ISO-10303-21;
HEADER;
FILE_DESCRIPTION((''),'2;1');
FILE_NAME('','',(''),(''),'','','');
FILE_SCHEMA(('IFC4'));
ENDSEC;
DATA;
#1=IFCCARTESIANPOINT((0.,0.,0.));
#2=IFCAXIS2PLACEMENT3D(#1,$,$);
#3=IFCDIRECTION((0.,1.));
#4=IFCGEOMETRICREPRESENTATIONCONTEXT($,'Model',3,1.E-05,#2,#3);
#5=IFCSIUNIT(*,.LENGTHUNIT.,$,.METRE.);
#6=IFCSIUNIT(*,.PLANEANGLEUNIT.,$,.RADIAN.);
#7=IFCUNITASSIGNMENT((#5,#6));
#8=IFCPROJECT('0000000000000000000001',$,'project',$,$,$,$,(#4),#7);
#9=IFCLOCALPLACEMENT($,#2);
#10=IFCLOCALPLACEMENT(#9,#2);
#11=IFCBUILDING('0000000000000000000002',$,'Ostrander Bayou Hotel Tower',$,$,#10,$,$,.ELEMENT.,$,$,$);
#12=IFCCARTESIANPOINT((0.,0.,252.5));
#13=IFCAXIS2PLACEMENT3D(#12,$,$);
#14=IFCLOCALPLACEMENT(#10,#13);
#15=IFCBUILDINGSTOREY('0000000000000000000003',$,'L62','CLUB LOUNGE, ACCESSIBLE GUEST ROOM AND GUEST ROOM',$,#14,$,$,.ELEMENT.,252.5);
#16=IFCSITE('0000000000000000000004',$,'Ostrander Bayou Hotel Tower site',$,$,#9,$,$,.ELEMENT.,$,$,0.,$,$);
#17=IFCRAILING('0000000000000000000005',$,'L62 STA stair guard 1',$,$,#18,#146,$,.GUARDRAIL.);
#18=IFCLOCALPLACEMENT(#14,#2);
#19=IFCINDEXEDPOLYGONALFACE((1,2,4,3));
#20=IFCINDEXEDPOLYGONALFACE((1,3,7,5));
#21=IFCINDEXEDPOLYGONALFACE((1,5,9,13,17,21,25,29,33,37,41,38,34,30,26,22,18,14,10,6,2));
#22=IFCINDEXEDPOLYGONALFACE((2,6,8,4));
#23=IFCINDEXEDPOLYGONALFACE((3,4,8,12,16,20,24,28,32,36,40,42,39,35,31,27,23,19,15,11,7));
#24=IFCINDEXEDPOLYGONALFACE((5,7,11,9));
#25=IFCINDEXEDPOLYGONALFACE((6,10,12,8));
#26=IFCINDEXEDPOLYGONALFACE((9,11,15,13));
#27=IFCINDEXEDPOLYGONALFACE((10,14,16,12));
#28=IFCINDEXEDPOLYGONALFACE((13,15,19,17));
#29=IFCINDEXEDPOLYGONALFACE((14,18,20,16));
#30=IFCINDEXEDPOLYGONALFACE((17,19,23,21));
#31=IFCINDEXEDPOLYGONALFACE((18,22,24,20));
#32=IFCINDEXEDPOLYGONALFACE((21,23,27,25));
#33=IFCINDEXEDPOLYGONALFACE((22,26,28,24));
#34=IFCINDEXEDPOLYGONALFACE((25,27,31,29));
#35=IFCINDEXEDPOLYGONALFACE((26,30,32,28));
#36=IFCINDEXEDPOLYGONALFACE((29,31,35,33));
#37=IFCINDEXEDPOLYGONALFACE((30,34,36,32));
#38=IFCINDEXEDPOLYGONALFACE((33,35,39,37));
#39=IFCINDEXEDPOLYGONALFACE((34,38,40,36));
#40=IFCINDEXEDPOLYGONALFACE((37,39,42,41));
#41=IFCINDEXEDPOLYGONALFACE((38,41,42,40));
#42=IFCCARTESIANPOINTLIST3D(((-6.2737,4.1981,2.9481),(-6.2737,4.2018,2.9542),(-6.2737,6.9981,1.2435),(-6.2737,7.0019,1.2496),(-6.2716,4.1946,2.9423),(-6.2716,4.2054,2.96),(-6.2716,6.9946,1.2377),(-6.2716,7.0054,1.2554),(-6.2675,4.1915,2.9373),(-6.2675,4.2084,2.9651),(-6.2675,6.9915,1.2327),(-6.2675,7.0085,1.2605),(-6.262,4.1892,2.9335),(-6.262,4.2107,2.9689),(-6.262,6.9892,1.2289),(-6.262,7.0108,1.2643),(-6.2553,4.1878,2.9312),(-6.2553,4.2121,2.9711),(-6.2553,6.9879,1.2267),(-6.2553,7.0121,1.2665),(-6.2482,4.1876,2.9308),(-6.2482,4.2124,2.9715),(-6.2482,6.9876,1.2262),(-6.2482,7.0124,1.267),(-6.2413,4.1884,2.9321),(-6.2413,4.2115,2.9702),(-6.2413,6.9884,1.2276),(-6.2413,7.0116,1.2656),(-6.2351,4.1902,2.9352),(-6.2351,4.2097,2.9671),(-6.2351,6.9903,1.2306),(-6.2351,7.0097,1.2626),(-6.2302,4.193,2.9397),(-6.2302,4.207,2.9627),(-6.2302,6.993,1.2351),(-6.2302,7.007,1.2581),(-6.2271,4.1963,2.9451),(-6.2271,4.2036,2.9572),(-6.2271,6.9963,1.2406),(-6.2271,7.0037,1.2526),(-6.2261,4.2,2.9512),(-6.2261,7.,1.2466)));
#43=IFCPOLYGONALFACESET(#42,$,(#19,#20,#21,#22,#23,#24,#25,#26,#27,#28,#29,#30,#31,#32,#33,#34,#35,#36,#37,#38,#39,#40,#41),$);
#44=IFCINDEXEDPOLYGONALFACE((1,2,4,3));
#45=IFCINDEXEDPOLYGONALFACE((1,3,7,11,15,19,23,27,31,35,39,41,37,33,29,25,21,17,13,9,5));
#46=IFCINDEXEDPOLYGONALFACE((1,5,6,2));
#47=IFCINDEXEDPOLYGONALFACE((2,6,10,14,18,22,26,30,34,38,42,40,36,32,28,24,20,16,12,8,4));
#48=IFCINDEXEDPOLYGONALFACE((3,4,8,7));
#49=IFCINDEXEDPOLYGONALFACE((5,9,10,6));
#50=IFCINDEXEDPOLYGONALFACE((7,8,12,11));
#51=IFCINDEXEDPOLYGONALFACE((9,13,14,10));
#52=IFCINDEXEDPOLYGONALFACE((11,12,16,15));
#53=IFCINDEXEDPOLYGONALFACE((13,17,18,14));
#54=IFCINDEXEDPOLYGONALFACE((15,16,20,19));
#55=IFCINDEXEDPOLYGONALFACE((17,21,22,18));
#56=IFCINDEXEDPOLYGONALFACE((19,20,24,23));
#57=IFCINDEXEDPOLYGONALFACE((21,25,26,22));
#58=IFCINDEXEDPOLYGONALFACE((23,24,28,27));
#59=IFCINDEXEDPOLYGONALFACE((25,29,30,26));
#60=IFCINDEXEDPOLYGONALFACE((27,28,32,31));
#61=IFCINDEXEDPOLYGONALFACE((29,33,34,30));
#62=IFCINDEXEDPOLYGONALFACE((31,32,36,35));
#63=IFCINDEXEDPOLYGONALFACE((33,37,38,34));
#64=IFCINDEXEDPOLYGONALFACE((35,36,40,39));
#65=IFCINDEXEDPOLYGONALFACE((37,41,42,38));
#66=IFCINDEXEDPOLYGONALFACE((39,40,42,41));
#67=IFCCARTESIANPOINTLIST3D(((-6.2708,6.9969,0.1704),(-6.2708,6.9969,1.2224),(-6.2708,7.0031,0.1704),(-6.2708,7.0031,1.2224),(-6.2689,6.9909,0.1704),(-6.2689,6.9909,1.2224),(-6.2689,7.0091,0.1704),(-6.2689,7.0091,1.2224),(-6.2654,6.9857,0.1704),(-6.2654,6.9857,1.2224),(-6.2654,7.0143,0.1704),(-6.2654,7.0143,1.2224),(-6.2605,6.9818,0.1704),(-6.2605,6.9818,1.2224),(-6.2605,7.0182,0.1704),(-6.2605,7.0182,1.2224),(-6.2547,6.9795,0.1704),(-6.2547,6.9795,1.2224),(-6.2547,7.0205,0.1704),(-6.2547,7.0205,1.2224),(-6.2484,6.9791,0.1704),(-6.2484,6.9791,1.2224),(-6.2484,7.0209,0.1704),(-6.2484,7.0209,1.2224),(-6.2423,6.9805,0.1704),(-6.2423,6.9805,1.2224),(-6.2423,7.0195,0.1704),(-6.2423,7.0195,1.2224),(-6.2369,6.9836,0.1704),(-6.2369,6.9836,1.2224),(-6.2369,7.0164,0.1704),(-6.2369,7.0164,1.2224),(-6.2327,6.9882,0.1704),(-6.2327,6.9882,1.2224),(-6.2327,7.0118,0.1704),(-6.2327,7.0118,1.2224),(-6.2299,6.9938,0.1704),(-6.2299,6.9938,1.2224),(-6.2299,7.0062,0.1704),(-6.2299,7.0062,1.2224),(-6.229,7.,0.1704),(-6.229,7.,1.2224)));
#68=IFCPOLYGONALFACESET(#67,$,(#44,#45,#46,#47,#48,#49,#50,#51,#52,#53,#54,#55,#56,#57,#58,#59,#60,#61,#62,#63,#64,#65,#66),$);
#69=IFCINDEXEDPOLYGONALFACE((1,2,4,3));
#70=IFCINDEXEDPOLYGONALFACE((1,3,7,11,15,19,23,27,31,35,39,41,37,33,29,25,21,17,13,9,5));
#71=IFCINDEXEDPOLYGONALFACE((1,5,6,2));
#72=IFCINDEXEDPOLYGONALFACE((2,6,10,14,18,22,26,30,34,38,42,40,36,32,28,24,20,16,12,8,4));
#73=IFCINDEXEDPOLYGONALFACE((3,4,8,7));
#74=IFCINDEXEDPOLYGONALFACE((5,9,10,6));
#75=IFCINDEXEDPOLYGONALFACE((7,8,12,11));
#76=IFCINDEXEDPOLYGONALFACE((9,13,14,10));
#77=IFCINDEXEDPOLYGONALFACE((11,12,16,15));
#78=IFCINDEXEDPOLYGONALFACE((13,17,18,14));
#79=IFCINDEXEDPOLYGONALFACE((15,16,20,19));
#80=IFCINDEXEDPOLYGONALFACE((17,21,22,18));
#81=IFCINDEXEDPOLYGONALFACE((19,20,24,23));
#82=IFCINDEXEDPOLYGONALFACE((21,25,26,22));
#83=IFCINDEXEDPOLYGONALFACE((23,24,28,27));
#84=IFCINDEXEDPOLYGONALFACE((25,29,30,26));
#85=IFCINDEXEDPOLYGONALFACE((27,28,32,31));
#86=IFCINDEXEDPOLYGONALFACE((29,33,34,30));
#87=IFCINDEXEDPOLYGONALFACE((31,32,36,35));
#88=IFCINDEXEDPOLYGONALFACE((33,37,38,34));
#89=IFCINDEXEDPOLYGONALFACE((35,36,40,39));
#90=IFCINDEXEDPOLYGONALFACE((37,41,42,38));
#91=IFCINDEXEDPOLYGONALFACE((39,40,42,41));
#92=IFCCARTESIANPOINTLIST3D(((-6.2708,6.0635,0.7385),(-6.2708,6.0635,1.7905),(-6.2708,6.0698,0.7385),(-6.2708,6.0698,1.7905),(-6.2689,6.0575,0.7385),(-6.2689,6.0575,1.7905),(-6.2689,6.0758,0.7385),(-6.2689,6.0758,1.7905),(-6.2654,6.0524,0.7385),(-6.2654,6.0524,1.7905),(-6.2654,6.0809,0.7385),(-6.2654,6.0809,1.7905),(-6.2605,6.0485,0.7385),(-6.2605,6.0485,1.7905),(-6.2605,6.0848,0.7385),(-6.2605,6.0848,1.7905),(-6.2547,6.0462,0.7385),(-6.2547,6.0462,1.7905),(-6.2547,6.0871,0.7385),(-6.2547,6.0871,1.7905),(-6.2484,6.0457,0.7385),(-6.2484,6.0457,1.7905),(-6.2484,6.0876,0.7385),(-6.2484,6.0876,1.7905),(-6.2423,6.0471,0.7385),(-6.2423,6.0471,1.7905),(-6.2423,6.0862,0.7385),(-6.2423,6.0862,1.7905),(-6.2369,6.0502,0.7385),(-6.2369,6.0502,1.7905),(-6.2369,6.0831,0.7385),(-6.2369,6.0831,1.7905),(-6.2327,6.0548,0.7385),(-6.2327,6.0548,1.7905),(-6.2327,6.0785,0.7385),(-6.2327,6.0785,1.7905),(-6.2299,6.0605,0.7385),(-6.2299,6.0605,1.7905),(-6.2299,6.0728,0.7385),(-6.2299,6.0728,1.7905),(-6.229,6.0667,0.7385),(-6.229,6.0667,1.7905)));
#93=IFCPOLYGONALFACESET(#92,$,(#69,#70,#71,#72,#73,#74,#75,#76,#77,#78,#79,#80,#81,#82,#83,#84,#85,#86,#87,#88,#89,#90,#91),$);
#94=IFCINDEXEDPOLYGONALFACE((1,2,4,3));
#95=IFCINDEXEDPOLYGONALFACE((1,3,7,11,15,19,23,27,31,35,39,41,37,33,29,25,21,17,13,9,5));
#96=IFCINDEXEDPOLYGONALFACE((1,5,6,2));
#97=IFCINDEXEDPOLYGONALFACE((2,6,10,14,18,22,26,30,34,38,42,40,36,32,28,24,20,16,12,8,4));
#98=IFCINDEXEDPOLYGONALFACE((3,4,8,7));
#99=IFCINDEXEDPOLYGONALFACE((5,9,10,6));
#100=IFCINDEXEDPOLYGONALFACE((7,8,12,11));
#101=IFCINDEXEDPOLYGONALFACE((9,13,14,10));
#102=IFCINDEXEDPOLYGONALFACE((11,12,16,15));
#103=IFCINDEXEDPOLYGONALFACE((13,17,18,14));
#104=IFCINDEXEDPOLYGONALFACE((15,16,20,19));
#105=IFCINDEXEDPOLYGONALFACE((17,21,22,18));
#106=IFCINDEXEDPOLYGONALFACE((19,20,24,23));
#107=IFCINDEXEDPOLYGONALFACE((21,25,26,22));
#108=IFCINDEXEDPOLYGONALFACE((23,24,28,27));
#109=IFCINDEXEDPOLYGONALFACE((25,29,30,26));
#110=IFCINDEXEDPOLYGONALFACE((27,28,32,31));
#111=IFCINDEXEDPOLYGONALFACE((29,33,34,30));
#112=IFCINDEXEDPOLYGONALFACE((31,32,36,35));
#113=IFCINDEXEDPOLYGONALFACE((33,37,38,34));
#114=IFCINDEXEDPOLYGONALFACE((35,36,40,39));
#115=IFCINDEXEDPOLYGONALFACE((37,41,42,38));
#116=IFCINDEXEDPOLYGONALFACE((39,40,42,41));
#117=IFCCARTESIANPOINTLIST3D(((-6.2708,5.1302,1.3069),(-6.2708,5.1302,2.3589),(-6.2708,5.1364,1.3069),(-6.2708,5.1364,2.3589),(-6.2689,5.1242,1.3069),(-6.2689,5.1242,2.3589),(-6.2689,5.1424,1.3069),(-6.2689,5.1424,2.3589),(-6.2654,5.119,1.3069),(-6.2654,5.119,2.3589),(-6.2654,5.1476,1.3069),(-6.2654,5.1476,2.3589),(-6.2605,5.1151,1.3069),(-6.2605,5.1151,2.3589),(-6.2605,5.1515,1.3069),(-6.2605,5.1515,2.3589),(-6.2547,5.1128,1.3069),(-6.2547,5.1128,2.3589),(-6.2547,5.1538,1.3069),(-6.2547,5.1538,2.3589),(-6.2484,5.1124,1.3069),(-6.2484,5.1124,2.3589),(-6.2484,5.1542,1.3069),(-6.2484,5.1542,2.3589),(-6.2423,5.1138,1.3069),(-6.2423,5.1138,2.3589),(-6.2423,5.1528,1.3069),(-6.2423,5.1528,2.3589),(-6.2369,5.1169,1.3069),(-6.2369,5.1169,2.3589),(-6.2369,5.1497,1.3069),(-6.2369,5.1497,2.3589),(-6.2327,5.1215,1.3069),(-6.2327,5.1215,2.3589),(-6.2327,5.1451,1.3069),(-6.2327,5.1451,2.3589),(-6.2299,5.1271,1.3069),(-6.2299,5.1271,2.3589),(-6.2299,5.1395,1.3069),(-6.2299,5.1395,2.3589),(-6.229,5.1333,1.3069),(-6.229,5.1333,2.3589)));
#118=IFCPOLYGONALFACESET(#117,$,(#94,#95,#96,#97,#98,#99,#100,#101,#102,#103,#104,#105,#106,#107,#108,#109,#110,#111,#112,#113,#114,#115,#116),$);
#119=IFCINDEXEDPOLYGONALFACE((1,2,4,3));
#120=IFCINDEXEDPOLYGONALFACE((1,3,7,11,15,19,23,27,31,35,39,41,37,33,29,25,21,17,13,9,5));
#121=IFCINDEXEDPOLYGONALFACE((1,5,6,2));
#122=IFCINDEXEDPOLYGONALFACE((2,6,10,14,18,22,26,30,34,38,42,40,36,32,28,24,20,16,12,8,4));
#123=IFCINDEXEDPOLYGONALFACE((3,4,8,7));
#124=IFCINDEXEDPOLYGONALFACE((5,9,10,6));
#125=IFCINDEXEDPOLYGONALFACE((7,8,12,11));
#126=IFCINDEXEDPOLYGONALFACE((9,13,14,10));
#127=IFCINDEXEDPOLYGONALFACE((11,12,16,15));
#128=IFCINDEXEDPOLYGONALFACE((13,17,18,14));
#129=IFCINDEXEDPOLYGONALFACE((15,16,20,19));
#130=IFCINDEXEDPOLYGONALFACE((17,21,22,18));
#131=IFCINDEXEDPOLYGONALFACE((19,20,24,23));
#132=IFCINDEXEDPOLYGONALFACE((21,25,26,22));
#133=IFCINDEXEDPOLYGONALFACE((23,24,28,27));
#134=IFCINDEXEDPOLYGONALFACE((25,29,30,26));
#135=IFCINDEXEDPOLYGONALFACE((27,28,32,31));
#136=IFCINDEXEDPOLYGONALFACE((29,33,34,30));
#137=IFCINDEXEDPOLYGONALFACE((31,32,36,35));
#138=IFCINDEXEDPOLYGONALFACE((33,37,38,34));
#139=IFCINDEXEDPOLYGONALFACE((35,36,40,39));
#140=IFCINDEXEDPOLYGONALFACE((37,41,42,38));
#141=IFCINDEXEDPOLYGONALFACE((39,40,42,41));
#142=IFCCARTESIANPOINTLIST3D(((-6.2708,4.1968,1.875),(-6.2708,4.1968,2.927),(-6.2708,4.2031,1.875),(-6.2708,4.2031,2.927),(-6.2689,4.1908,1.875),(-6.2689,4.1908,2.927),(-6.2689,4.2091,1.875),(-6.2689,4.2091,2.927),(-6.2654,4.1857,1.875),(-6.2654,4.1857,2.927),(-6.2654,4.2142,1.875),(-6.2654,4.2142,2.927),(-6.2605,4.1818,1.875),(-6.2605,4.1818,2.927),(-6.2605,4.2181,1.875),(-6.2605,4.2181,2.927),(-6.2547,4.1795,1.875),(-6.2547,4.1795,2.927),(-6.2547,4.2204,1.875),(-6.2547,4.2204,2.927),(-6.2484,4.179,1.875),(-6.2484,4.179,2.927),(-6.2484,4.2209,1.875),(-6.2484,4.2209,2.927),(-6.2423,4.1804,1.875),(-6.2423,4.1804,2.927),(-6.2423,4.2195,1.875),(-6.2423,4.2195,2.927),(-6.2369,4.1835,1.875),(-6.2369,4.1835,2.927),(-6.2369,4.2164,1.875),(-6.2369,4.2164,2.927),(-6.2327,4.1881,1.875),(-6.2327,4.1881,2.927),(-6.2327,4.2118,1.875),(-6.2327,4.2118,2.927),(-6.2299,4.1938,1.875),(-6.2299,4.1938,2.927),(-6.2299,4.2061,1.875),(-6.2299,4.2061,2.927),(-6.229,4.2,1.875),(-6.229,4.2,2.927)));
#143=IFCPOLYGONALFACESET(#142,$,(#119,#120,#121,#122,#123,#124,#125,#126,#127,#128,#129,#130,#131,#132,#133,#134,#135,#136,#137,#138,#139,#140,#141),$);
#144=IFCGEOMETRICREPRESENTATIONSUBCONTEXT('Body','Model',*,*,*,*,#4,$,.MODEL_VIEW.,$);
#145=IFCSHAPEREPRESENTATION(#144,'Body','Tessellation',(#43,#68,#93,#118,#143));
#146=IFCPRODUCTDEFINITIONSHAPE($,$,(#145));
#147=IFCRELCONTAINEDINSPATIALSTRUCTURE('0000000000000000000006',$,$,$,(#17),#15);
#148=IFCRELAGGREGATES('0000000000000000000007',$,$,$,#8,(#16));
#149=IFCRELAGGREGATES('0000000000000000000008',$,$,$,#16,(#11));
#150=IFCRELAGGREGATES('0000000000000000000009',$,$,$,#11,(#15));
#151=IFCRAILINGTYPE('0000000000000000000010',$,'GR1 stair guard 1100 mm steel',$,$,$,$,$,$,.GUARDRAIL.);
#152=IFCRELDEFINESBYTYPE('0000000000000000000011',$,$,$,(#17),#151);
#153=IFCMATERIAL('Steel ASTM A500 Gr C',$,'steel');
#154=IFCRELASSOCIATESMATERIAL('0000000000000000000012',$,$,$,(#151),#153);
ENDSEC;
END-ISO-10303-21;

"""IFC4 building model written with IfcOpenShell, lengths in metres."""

from ifc_helpers import new_model, si_unit, direction, frame, origin, origin_2d, place, context, subcontext, project, spatial, circle, extrude, material, type_object, element, save


model = new_model("IFC4")

# Units and contexts
model_context = context("Model", 3, precision=1e-05, world=origin(), true_north=direction((0.0, 1.0)))
body_context = subcontext(model_context, "Body", "Model", "MODEL_VIEW")
ifc_project = project(units=[si_unit("LENGTHUNIT", "METRE"), si_unit("PLANEANGLEUNIT", "RADIAN")], contexts=[model_context])

# Site, building, storey
site_placement = place(None, origin())
site = spatial("IfcSite", under=ifc_project, at=site_placement, Name="Ostrander Bayou Hotel Tower site", CompositionType="ELEMENT", RefElevation=0.0)
building_placement = place(site_placement, origin())
building = spatial("IfcBuilding", under=site, at=building_placement, Name="Ostrander Bayou Hotel Tower", CompositionType="ELEMENT")
storey_placement = place(building_placement, frame((0.0, 0.0, 252.5)))
storey = spatial("IfcBuildingStorey", under=building, at=storey_placement, Name="L62", Description="CLUB LOUNGE, ACCESSIBLE GUEST ROOM AND GUEST ROOM", CompositionType="ELEMENT", Elevation=252.5)

# Railing
ifc_material_1 = material(Name="Steel ASTM A500 Gr C", Category="steel")
railing_type = type_object("IfcRailingType", Name="GR1 stair guard 1100 mm steel", PredefinedType="GUARDRAIL", material=ifc_material_1)
railing_1_placement = place(storey_placement, frame((-6.25, 7.0, 0.1704)))
element("IfcRailing", 1, at=railing_1_placement, inside=storey, type_object=railing_type, Name="L62 STA stair guard 1", PredefinedType="GUARDRAIL", context=body_context, shape_type="SweptSolid", body=[
    extrude(circle(Radius=0.0239, at=origin_2d()), frame((0.0, 0.0, 1.0762), z_axis=(0.0, -0.85417, 0.519994), x_axis=(1.0, 0.0, 0.0)), (0.0, 0.0, 1.0), 3.2781),
    extrude(circle(Radius=0.021, at=origin_2d()), origin(), (0.0, 0.0, 1.0), 1.052),
    extrude(circle(Radius=0.021, at=origin_2d()), frame((0.0, -0.9333, 0.5681)), (0.0, 0.0, 1.0), 1.052),
    extrude(circle(Radius=0.021, at=origin_2d()), frame((0.0, -1.8667, 1.1365)), (0.0, 0.0, 1.0), 1.052),
    extrude(circle(Radius=0.021, at=origin_2d()), frame((0.0, -2.8, 1.7046)), (0.0, 0.0, 1.0), 1.052),
])

save(model, "model.ifc")
